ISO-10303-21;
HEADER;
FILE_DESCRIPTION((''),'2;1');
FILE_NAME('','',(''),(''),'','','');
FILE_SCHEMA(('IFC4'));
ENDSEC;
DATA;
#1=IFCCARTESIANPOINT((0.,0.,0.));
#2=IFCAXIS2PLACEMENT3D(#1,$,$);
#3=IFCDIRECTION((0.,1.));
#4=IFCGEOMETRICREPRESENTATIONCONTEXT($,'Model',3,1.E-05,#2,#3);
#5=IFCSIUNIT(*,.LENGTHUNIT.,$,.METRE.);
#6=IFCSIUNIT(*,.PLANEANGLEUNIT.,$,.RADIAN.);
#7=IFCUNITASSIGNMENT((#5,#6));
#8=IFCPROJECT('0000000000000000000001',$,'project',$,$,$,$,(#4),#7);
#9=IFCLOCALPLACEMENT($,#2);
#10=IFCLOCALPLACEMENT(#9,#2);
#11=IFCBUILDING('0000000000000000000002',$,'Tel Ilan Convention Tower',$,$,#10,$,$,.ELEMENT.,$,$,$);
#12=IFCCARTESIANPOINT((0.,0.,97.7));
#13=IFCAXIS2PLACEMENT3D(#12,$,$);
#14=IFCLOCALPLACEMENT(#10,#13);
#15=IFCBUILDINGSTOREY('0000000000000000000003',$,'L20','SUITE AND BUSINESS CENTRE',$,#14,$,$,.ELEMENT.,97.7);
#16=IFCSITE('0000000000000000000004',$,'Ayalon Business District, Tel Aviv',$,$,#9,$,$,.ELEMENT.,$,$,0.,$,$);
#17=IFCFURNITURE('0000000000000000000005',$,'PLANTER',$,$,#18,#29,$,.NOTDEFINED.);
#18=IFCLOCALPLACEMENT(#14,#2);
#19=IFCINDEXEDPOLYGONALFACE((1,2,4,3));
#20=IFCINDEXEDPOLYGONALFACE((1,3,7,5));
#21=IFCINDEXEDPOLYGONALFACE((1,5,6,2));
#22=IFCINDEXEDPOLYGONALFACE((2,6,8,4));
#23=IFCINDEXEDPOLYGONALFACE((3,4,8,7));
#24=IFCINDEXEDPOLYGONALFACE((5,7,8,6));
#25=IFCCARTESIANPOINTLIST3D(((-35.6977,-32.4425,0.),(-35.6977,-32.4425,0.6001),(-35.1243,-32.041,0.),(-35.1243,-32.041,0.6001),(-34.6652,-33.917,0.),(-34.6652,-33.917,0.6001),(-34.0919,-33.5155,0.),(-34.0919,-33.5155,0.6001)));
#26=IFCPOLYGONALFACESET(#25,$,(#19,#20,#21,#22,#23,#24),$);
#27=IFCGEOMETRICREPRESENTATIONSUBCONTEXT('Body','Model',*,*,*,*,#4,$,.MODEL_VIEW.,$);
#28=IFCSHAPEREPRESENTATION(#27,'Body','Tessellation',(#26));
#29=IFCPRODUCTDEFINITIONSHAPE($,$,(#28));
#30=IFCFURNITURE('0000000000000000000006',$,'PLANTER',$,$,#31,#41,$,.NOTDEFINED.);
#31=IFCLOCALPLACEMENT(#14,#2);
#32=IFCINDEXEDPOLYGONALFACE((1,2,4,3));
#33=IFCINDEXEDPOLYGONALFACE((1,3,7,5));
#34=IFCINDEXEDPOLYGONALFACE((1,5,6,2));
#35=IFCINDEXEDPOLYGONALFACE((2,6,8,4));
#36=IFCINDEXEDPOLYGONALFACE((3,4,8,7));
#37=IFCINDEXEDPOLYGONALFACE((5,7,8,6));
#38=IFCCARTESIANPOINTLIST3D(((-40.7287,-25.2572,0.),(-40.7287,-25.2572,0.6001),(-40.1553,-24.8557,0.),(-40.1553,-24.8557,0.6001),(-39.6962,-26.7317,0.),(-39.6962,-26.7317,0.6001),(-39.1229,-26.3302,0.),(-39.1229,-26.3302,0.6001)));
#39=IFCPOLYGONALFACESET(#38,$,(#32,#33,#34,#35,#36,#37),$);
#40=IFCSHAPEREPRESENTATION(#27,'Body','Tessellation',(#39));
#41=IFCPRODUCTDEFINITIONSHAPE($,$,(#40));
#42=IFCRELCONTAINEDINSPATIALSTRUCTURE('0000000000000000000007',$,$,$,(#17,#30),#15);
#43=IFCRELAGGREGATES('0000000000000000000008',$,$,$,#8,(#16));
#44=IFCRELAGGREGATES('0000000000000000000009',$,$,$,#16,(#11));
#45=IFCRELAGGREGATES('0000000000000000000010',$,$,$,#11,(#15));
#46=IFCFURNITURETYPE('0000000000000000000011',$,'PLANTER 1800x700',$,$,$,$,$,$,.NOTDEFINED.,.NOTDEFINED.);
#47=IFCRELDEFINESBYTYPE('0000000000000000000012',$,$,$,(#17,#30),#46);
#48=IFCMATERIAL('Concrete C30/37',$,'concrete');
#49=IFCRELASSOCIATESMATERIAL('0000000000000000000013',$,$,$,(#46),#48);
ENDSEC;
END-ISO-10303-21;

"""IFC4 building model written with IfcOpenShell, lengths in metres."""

from ifc_helpers import new_model, si_unit, direction, frame, origin, origin_2d, place, context, subcontext, project, spatial, rectangle, extrude, material, type_object, element, save


model = new_model("IFC4")

# Units and contexts
model_context = context("Model", 3, precision=1e-05, world=origin(), true_north=direction((0.0, 1.0)))
body_context = subcontext(model_context, "Body", "Model", "MODEL_VIEW")
ifc_project = project(units=[si_unit("LENGTHUNIT", "METRE"), si_unit("PLANEANGLEUNIT", "RADIAN")], contexts=[model_context])

# Site, building, storey
site_placement = place(None, origin())
site = spatial("IfcSite", under=ifc_project, at=site_placement, Name="Ayalon Business District, Tel Aviv", CompositionType="ELEMENT", RefElevation=0.0)
building_placement = place(site_placement, origin())
building = spatial("IfcBuilding", under=site, at=building_placement, Name="Tel Ilan Convention Tower", CompositionType="ELEMENT")
storey_placement = place(building_placement, frame((0.0, 0.0, 97.7)))
storey = spatial("IfcBuildingStorey", under=building, at=storey_placement, Name="L20", Description="SUITE AND BUSINESS CENTRE", CompositionType="ELEMENT", Elevation=97.7)

# Furniture
ifc_material_1 = material(Name="Concrete C30/37", Category="concrete")
furniture_type = type_object("IfcFurnitureType", Name="PLANTER 1800x700", AssemblyPlace="NOTDEFINED", PredefinedType="NOTDEFINED", material=ifc_material_1)
for number, where, z_axis, x_axis, name in (
    (1, (-34.8948, -32.979, 0.0), (0.0, 0.0, 1.0), (-0.573576, 0.819152, 0.0), "PLANTER"),
    (2, (-39.9258, -25.7937, 0.0), (0.0, 0.0, 1.0), (-0.573576, 0.819152, 0.0), "PLANTER"),
):
    element("IfcFurniture", number, at=place(storey_placement, frame(where, z_axis=z_axis, x_axis=x_axis)), inside=storey, type_object=furniture_type, Name=name, PredefinedType="NOTDEFINED", context=body_context, shape_type="SweptSolid", body=[
        extrude(rectangle(XDim=1.8, YDim=0.7, at=origin_2d()), origin(), (0.0, 0.0, 1.0), 0.6001),
    ])

save(model, "model.ifc")
